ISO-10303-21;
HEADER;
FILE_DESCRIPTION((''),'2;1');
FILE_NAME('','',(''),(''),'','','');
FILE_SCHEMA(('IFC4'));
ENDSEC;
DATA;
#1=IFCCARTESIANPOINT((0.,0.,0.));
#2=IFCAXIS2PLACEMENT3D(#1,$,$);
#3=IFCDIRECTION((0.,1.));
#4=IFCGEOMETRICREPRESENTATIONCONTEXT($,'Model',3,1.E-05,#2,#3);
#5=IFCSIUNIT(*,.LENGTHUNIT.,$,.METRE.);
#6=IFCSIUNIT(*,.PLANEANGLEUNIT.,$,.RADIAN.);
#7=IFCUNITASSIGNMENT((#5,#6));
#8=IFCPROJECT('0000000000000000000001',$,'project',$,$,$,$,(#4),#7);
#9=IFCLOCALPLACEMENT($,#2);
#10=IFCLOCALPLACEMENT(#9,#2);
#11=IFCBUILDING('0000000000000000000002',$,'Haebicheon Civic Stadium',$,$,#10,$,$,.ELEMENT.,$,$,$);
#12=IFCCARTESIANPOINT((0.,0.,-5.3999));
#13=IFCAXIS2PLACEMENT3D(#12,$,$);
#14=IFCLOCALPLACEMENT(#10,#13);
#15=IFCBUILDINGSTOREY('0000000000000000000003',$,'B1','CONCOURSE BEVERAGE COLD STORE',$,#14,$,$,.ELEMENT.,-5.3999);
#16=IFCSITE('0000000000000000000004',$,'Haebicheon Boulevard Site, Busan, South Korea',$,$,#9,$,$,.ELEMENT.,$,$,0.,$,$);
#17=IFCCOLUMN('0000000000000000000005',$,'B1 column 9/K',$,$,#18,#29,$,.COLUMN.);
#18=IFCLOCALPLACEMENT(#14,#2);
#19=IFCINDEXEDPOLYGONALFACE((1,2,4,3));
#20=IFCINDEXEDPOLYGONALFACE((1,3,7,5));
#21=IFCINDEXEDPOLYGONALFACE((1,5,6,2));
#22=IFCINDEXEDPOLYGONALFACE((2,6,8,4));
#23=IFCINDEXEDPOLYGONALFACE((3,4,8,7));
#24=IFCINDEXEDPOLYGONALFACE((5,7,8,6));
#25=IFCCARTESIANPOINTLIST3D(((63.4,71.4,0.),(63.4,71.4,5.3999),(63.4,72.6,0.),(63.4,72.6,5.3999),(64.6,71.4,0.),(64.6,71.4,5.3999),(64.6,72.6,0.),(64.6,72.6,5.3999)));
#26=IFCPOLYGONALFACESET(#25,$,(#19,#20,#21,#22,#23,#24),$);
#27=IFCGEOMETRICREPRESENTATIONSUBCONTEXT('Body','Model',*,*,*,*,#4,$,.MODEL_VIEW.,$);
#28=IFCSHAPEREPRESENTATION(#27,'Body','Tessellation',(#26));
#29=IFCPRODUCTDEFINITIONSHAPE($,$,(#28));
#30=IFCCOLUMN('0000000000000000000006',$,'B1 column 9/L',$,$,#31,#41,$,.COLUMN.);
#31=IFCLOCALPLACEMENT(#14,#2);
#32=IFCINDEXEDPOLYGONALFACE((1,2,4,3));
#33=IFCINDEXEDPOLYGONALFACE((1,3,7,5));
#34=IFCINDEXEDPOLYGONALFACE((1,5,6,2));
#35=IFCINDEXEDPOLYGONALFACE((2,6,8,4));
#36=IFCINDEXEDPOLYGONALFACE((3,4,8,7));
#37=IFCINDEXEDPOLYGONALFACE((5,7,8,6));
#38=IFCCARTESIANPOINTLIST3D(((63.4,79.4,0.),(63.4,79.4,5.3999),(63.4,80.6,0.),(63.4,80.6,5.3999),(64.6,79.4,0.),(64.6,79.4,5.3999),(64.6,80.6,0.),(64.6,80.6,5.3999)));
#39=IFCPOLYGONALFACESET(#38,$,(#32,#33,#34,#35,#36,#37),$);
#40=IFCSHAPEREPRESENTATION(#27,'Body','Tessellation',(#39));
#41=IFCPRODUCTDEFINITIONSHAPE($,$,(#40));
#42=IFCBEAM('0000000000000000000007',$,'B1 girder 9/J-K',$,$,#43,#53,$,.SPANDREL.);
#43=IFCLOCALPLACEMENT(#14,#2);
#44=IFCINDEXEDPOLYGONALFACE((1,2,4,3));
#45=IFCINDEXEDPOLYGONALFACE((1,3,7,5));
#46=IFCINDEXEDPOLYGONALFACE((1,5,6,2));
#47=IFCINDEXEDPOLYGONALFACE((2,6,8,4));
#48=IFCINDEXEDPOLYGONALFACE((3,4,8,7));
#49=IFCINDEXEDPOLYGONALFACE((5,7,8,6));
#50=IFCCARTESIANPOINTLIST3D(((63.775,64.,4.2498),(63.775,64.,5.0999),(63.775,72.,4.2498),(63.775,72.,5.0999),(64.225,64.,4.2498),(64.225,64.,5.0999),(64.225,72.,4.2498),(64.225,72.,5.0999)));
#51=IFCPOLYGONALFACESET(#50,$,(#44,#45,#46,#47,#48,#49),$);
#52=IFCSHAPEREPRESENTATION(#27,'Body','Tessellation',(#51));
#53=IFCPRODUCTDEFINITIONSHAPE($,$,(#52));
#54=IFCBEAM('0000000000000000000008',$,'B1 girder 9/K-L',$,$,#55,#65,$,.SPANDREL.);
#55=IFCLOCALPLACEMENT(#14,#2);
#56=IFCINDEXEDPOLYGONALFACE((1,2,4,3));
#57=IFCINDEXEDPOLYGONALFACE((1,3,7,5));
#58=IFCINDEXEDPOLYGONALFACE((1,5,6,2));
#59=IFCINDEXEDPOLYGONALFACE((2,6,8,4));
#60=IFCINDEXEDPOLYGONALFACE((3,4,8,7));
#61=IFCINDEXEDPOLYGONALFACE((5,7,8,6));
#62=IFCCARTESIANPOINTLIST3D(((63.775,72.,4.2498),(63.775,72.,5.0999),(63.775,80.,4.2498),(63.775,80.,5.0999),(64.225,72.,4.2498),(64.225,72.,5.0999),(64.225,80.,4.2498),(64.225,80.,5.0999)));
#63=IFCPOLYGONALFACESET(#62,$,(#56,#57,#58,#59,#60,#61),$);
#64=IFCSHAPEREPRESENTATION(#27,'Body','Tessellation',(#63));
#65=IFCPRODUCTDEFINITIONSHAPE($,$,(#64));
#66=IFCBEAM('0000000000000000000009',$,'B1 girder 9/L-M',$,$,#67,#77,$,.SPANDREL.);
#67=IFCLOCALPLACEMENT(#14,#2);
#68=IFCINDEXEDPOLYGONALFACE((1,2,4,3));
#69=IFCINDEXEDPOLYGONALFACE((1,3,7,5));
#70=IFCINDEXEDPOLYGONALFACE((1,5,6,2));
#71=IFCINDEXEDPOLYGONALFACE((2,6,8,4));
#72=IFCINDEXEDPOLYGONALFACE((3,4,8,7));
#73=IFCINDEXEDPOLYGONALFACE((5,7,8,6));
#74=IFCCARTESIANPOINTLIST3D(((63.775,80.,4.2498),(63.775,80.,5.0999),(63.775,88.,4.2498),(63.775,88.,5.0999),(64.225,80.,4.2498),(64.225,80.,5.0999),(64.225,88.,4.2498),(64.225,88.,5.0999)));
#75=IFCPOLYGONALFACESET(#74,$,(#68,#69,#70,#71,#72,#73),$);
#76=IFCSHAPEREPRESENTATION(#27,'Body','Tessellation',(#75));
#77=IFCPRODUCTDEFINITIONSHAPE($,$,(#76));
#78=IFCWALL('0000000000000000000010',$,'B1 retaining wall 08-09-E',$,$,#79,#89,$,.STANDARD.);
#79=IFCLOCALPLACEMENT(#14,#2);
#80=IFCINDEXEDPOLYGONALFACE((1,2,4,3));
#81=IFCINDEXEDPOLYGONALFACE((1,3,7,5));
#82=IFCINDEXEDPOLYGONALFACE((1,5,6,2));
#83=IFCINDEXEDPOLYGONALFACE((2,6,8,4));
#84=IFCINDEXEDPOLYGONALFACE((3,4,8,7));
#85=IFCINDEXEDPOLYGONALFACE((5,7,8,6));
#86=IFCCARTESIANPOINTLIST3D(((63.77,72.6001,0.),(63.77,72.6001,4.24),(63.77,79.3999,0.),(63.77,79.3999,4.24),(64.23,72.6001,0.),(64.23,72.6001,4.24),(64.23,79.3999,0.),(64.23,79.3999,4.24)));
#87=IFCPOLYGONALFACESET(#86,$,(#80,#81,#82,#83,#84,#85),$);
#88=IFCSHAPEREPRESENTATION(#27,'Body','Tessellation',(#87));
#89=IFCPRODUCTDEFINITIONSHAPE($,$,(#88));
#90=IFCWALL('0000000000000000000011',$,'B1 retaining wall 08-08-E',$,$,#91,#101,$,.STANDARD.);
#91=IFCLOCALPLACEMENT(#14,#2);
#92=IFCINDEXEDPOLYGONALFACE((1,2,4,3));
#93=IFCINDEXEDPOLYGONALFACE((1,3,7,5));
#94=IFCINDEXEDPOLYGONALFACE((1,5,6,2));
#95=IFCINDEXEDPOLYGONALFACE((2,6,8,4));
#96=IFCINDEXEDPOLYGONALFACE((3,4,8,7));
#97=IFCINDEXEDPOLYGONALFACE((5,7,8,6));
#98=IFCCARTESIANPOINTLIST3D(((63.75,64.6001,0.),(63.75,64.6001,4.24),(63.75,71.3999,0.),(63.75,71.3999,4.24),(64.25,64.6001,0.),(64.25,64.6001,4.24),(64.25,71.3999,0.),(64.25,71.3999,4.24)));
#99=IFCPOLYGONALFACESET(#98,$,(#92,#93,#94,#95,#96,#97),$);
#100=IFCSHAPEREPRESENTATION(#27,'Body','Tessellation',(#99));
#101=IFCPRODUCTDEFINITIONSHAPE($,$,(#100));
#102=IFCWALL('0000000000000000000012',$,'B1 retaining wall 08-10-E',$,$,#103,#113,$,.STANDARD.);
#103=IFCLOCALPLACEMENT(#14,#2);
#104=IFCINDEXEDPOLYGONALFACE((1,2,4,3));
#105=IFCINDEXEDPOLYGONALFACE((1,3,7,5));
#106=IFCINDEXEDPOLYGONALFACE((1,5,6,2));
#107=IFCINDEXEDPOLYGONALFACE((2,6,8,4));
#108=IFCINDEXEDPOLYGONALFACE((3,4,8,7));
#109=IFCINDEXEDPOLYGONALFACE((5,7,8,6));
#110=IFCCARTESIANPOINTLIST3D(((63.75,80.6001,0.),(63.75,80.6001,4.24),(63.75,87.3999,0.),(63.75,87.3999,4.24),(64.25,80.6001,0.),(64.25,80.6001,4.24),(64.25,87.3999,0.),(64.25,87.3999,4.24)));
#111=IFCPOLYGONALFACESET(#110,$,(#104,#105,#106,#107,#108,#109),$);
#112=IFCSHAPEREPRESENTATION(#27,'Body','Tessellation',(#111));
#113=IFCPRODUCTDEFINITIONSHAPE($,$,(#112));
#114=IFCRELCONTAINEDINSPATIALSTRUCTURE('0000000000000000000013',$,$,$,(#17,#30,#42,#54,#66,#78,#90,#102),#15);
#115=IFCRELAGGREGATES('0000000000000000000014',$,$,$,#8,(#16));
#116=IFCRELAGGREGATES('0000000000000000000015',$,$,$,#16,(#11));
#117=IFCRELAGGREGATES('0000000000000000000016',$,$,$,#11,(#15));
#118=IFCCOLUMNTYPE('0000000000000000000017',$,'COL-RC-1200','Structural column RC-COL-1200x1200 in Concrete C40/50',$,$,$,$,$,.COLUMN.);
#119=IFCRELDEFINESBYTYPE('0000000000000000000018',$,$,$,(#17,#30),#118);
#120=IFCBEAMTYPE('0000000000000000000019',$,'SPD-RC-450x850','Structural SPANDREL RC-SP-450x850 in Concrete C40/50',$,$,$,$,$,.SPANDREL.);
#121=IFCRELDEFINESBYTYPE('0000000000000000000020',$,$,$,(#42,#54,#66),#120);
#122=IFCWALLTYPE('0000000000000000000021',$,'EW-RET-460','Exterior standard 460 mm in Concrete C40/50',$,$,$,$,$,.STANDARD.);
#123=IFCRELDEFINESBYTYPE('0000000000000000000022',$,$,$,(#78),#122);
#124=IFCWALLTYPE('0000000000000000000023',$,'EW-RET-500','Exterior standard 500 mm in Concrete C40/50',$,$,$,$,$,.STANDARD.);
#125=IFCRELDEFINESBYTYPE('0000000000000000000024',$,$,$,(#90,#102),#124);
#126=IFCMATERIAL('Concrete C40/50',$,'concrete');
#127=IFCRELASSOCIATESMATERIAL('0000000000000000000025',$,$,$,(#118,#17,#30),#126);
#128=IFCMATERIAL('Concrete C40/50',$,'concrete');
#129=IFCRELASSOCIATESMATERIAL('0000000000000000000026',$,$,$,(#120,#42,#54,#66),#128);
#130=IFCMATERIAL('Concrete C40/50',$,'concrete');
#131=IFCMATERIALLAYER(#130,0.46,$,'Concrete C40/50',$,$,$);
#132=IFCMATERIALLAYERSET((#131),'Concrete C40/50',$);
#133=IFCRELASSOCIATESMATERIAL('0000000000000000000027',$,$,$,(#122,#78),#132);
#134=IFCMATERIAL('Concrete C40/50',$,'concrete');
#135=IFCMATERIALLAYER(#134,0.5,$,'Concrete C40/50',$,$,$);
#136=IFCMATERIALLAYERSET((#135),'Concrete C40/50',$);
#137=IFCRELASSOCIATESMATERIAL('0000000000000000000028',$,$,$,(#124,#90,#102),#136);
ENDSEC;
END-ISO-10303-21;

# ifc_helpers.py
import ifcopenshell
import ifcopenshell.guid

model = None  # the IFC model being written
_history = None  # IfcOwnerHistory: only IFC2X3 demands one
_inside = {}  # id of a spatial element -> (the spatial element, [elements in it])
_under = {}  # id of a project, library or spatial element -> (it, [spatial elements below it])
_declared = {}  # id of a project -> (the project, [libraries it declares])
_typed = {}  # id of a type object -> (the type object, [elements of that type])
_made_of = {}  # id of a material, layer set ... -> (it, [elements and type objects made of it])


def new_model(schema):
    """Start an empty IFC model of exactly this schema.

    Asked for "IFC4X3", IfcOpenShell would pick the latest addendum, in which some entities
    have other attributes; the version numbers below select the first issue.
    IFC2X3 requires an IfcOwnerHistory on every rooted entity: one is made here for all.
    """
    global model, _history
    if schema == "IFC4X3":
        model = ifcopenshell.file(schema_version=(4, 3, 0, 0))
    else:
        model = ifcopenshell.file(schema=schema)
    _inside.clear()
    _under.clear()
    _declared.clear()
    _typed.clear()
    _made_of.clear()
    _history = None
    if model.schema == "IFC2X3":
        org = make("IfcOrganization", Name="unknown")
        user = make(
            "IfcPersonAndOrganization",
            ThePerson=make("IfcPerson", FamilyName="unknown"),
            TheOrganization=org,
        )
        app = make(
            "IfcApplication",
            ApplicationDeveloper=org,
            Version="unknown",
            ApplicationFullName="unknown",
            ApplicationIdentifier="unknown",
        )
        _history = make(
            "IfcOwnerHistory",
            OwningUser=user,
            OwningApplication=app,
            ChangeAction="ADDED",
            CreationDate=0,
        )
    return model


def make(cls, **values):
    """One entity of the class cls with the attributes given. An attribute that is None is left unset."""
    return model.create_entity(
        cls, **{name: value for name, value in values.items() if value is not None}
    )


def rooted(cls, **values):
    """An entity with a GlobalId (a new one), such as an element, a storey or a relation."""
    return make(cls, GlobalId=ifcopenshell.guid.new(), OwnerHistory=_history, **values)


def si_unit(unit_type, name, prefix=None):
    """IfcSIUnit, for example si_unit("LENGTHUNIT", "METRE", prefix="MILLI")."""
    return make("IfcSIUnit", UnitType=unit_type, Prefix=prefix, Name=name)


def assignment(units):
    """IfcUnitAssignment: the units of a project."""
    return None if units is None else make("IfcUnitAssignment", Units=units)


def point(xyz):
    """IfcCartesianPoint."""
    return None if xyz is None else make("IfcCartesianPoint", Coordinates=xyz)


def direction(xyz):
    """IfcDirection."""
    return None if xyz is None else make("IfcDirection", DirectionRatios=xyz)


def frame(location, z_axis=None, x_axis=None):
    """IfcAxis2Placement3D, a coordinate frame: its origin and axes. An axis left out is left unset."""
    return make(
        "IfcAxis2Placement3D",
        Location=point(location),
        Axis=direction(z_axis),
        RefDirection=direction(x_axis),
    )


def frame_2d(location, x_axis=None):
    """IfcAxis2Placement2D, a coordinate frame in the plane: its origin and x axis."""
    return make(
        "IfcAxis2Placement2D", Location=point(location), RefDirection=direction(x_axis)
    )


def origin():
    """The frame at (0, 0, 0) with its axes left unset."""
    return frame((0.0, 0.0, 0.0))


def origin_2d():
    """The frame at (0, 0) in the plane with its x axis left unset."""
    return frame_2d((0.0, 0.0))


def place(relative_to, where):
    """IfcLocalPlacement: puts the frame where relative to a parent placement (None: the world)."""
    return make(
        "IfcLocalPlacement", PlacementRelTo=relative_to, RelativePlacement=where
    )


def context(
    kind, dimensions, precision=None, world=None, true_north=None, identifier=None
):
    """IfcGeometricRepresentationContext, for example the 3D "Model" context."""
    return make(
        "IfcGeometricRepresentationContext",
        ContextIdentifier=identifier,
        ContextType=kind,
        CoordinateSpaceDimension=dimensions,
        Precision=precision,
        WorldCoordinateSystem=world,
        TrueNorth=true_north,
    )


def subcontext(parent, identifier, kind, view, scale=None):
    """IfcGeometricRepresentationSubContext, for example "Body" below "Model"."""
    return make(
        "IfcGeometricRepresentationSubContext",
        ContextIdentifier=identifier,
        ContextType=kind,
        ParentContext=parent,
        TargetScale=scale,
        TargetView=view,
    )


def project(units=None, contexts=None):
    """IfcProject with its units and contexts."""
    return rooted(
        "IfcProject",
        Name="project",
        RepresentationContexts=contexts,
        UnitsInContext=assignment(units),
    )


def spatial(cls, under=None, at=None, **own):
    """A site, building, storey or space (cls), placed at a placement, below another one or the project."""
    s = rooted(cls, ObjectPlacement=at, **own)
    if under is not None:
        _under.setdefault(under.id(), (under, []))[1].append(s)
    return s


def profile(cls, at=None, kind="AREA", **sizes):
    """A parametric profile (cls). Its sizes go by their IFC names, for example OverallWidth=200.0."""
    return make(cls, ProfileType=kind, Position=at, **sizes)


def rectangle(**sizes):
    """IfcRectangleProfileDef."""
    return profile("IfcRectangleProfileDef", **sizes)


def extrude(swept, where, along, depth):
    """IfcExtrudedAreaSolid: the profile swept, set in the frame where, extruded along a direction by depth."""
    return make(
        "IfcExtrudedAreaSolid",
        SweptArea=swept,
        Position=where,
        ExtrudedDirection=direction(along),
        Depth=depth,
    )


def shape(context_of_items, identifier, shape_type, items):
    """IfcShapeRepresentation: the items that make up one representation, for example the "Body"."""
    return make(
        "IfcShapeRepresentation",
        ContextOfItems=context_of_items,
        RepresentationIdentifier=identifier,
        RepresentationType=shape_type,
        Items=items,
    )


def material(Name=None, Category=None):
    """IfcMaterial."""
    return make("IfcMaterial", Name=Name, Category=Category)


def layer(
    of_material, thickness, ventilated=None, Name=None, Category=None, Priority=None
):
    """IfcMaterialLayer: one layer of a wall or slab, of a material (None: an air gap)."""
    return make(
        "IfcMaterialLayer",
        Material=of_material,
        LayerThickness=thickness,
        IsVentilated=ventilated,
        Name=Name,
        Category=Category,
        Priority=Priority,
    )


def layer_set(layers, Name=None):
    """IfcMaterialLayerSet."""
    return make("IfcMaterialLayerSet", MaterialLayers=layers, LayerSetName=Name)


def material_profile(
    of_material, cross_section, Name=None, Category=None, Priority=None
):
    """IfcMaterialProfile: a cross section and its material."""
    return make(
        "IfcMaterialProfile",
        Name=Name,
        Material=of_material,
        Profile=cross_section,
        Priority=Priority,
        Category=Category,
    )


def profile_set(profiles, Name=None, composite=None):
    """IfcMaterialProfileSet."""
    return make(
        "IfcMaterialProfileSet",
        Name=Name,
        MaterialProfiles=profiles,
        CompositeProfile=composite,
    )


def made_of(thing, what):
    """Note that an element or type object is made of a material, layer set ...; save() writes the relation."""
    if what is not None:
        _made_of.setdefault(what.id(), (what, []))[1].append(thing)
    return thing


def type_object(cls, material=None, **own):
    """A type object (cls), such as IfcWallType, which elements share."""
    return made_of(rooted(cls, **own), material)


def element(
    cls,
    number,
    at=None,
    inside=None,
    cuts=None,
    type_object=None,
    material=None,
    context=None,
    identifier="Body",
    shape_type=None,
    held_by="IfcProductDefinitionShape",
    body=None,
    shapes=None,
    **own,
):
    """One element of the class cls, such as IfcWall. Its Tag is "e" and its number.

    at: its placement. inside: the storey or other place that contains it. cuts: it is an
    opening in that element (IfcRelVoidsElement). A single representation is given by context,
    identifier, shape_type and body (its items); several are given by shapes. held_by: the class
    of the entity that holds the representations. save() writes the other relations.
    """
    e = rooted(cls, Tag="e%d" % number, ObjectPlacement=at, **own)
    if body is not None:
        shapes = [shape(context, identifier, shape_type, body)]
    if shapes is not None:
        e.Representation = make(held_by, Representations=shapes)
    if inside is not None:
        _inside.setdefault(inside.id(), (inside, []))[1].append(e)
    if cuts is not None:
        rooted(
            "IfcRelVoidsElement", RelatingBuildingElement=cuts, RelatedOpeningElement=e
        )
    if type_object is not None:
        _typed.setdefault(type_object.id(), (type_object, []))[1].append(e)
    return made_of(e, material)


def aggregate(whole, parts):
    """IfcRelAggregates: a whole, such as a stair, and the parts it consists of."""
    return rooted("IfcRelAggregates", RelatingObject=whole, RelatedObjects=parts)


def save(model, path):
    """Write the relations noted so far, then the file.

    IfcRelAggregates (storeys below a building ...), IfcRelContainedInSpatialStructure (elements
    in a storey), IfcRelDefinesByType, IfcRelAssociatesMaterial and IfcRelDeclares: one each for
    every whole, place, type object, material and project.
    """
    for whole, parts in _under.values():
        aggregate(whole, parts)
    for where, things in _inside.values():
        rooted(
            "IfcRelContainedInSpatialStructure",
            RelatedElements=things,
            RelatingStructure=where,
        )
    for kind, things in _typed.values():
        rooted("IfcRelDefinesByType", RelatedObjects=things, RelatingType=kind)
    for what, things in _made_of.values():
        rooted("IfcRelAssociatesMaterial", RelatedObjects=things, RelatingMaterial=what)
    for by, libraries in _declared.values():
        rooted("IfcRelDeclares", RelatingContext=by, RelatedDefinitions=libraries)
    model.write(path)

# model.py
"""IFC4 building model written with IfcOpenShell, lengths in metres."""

from ifc_helpers import new_model, si_unit, direction, frame, frame_2d, origin, origin_2d, place, context, subcontext, project, spatial, rectangle, extrude, material, layer, layer_set, material_profile, profile_set, type_object, element, save


model = new_model("IFC4")

# Units and contexts
model_context = context("Model", 3, precision=1e-05, world=origin(), true_north=direction((0.0, 1.0)))
body_context = subcontext(model_context, "Body", "Model", "MODEL_VIEW")
ifc_project = project(units=[si_unit("LENGTHUNIT", "METRE"), si_unit("PLANEANGLEUNIT", "RADIAN")], contexts=[model_context])

# Site, building, storey
site_placement = place(None, origin())
site = spatial("IfcSite", under=ifc_project, at=site_placement, Name="Haebicheon Boulevard Site, Busan, South Korea", CompositionType="ELEMENT", RefElevation=0.0)
building_placement = place(site_placement, origin())
building = spatial("IfcBuilding", under=site, at=building_placement, Name="Haebicheon Civic Stadium", CompositionType="ELEMENT")
storey_placement = place(building_placement, frame((0.0, 0.0, -5.3999)))
storey = spatial("IfcBuildingStorey", under=building, at=storey_placement, Name="B1", Description="CONCOURSE BEVERAGE COLD STORE", CompositionType="ELEMENT", Elevation=-5.3999)

# Columns
ifc_material_1 = material(Name="Concrete C40/50", Category="concrete")
ifc_material_profile_1 = material_profile(ifc_material_1, rectangle(XDim=1.2, YDim=1.2, at=origin_2d()), Name="RC-COL-1200x1200")
ifc_profile_set_1 = profile_set([ifc_material_profile_1], Name="Concrete C40/50")
column_type = type_object("IfcColumnType", Name="COL-RC-1200", Description="Structural column RC-COL-1200x1200 in Concrete C40/50", PredefinedType="COLUMN", material=ifc_profile_set_1)
for number, where, z_axis, x_axis, name in (
    (1, (64.0, 72.0, 0.0), (0.0, 0.0, 1.0), (1.0, 0.0, 0.0), "B1 column 9/K"),
    (2, (64.0, 80.0, 0.0), (0.0, 0.0, 1.0), (1.0, 0.0, 0.0), "B1 column 9/L"),
):
    element("IfcColumn", number, at=place(storey_placement, frame(where, z_axis=z_axis, x_axis=x_axis)), inside=storey, type_object=column_type, material=ifc_profile_set_1, Name=name, PredefinedType="COLUMN", context=body_context, shape_type="SweptSolid", body=[
        extrude(rectangle(XDim=1.2, YDim=1.2, at=origin_2d()), origin(), (0.0, 0.0, 1.0), 5.3999),
    ])

# Beams
ifc_material_2 = material(Name="Concrete C40/50", Category="concrete")
ifc_material_profile_2 = material_profile(ifc_material_2, rectangle(XDim=0.45, YDim=0.8501, at=origin_2d()), Name="RC-SP-450x850")
ifc_profile_set_2 = profile_set([ifc_material_profile_2], Name="Concrete C40/50")
beam_type = type_object("IfcBeamType", Name="SPD-RC-450x850", Description="Structural SPANDREL RC-SP-450x850 in Concrete C40/50", PredefinedType="SPANDREL", material=ifc_profile_set_2)
for number, where, z_axis, x_axis, name in (
    (3, (64.0, 64.0, 4.6748), (0.0, 1.0, 0.0), (-1.0, 0.0, 0.0), "B1 girder 9/J-K"),
    (4, (64.0, 72.0, 4.6748), (0.0, 1.0, 0.0), (-1.0, 0.0, 0.0), "B1 girder 9/K-L"),
    (5, (64.0, 80.0, 4.6748), (0.0, 1.0, 0.0), (-1.0, 0.0, 0.0), "B1 girder 9/L-M"),
):
    element("IfcBeam", number, at=place(storey_placement, frame(where, z_axis=z_axis, x_axis=x_axis)), inside=storey, type_object=beam_type, material=ifc_profile_set_2, Name=name, PredefinedType="SPANDREL", context=body_context, shape_type="SweptSolid", body=[
        extrude(rectangle(XDim=0.45, YDim=0.8501, at=origin_2d()), origin(), (0.0, 0.0, 1.0), 8.0),
    ])

# Walls
ifc_material_3 = material(Name="Concrete C40/50", Category="concrete")
ifc_layer_1 = layer(ifc_material_3, 0.46, Name="Concrete C40/50")
ifc_layer_set_1 = layer_set([ifc_layer_1], Name="Concrete C40/50")
wall_type_1 = type_object("IfcWallType", Name="EW-RET-460", Description="Exterior standard 460 mm in Concrete C40/50", PredefinedType="STANDARD", material=ifc_layer_set_1)
wall_placement = place(storey_placement, frame((64.0, 72.6001, 0.0), z_axis=(0.0, 0.0, 1.0), x_axis=(0.0, 1.0, 0.0)))
element("IfcWall", 6, at=wall_placement, inside=storey, type_object=wall_type_1, material=ifc_layer_set_1, Name="B1 retaining wall 08-09-E", PredefinedType="STANDARD", context=body_context, shape_type="SweptSolid", body=[
    extrude(rectangle(XDim=6.7998, YDim=0.46, at=frame_2d((3.3999, 0.0))), origin(), (0.0, 0.0, 1.0), 4.24),
])
ifc_material_4 = material(Name="Concrete C40/50", Category="concrete")
ifc_layer_2 = layer(ifc_material_4, 0.5, Name="Concrete C40/50")
ifc_layer_set_2 = layer_set([ifc_layer_2], Name="Concrete C40/50")
wall_type_2 = type_object("IfcWallType", Name="EW-RET-500", Description="Exterior standard 500 mm in Concrete C40/50", PredefinedType="STANDARD", material=ifc_layer_set_2)
for number, where, z_axis, x_axis, name in (
    (7, (64.0, 64.6001, 0.0), (0.0, 0.0, 1.0), (0.0, 1.0, 0.0), "B1 retaining wall 08-08-E"),
    (8, (64.0, 80.6001, 0.0), (0.0, 0.0, 1.0), (0.0, 1.0, 0.0), "B1 retaining wall 08-10-E"),
):
    element("IfcWall", number, at=place(storey_placement, frame(where, z_axis=z_axis, x_axis=x_axis)), inside=storey, type_object=wall_type_2, material=ifc_layer_set_2, Name=name, PredefinedType="STANDARD", context=body_context, shape_type="SweptSolid", body=[
        extrude(rectangle(XDim=6.7998, YDim=0.5, at=frame_2d((3.3999, 0.0))), origin(), (0.0, 0.0, 1.0), 4.24),
    ])

save(model, "model.ifc")
